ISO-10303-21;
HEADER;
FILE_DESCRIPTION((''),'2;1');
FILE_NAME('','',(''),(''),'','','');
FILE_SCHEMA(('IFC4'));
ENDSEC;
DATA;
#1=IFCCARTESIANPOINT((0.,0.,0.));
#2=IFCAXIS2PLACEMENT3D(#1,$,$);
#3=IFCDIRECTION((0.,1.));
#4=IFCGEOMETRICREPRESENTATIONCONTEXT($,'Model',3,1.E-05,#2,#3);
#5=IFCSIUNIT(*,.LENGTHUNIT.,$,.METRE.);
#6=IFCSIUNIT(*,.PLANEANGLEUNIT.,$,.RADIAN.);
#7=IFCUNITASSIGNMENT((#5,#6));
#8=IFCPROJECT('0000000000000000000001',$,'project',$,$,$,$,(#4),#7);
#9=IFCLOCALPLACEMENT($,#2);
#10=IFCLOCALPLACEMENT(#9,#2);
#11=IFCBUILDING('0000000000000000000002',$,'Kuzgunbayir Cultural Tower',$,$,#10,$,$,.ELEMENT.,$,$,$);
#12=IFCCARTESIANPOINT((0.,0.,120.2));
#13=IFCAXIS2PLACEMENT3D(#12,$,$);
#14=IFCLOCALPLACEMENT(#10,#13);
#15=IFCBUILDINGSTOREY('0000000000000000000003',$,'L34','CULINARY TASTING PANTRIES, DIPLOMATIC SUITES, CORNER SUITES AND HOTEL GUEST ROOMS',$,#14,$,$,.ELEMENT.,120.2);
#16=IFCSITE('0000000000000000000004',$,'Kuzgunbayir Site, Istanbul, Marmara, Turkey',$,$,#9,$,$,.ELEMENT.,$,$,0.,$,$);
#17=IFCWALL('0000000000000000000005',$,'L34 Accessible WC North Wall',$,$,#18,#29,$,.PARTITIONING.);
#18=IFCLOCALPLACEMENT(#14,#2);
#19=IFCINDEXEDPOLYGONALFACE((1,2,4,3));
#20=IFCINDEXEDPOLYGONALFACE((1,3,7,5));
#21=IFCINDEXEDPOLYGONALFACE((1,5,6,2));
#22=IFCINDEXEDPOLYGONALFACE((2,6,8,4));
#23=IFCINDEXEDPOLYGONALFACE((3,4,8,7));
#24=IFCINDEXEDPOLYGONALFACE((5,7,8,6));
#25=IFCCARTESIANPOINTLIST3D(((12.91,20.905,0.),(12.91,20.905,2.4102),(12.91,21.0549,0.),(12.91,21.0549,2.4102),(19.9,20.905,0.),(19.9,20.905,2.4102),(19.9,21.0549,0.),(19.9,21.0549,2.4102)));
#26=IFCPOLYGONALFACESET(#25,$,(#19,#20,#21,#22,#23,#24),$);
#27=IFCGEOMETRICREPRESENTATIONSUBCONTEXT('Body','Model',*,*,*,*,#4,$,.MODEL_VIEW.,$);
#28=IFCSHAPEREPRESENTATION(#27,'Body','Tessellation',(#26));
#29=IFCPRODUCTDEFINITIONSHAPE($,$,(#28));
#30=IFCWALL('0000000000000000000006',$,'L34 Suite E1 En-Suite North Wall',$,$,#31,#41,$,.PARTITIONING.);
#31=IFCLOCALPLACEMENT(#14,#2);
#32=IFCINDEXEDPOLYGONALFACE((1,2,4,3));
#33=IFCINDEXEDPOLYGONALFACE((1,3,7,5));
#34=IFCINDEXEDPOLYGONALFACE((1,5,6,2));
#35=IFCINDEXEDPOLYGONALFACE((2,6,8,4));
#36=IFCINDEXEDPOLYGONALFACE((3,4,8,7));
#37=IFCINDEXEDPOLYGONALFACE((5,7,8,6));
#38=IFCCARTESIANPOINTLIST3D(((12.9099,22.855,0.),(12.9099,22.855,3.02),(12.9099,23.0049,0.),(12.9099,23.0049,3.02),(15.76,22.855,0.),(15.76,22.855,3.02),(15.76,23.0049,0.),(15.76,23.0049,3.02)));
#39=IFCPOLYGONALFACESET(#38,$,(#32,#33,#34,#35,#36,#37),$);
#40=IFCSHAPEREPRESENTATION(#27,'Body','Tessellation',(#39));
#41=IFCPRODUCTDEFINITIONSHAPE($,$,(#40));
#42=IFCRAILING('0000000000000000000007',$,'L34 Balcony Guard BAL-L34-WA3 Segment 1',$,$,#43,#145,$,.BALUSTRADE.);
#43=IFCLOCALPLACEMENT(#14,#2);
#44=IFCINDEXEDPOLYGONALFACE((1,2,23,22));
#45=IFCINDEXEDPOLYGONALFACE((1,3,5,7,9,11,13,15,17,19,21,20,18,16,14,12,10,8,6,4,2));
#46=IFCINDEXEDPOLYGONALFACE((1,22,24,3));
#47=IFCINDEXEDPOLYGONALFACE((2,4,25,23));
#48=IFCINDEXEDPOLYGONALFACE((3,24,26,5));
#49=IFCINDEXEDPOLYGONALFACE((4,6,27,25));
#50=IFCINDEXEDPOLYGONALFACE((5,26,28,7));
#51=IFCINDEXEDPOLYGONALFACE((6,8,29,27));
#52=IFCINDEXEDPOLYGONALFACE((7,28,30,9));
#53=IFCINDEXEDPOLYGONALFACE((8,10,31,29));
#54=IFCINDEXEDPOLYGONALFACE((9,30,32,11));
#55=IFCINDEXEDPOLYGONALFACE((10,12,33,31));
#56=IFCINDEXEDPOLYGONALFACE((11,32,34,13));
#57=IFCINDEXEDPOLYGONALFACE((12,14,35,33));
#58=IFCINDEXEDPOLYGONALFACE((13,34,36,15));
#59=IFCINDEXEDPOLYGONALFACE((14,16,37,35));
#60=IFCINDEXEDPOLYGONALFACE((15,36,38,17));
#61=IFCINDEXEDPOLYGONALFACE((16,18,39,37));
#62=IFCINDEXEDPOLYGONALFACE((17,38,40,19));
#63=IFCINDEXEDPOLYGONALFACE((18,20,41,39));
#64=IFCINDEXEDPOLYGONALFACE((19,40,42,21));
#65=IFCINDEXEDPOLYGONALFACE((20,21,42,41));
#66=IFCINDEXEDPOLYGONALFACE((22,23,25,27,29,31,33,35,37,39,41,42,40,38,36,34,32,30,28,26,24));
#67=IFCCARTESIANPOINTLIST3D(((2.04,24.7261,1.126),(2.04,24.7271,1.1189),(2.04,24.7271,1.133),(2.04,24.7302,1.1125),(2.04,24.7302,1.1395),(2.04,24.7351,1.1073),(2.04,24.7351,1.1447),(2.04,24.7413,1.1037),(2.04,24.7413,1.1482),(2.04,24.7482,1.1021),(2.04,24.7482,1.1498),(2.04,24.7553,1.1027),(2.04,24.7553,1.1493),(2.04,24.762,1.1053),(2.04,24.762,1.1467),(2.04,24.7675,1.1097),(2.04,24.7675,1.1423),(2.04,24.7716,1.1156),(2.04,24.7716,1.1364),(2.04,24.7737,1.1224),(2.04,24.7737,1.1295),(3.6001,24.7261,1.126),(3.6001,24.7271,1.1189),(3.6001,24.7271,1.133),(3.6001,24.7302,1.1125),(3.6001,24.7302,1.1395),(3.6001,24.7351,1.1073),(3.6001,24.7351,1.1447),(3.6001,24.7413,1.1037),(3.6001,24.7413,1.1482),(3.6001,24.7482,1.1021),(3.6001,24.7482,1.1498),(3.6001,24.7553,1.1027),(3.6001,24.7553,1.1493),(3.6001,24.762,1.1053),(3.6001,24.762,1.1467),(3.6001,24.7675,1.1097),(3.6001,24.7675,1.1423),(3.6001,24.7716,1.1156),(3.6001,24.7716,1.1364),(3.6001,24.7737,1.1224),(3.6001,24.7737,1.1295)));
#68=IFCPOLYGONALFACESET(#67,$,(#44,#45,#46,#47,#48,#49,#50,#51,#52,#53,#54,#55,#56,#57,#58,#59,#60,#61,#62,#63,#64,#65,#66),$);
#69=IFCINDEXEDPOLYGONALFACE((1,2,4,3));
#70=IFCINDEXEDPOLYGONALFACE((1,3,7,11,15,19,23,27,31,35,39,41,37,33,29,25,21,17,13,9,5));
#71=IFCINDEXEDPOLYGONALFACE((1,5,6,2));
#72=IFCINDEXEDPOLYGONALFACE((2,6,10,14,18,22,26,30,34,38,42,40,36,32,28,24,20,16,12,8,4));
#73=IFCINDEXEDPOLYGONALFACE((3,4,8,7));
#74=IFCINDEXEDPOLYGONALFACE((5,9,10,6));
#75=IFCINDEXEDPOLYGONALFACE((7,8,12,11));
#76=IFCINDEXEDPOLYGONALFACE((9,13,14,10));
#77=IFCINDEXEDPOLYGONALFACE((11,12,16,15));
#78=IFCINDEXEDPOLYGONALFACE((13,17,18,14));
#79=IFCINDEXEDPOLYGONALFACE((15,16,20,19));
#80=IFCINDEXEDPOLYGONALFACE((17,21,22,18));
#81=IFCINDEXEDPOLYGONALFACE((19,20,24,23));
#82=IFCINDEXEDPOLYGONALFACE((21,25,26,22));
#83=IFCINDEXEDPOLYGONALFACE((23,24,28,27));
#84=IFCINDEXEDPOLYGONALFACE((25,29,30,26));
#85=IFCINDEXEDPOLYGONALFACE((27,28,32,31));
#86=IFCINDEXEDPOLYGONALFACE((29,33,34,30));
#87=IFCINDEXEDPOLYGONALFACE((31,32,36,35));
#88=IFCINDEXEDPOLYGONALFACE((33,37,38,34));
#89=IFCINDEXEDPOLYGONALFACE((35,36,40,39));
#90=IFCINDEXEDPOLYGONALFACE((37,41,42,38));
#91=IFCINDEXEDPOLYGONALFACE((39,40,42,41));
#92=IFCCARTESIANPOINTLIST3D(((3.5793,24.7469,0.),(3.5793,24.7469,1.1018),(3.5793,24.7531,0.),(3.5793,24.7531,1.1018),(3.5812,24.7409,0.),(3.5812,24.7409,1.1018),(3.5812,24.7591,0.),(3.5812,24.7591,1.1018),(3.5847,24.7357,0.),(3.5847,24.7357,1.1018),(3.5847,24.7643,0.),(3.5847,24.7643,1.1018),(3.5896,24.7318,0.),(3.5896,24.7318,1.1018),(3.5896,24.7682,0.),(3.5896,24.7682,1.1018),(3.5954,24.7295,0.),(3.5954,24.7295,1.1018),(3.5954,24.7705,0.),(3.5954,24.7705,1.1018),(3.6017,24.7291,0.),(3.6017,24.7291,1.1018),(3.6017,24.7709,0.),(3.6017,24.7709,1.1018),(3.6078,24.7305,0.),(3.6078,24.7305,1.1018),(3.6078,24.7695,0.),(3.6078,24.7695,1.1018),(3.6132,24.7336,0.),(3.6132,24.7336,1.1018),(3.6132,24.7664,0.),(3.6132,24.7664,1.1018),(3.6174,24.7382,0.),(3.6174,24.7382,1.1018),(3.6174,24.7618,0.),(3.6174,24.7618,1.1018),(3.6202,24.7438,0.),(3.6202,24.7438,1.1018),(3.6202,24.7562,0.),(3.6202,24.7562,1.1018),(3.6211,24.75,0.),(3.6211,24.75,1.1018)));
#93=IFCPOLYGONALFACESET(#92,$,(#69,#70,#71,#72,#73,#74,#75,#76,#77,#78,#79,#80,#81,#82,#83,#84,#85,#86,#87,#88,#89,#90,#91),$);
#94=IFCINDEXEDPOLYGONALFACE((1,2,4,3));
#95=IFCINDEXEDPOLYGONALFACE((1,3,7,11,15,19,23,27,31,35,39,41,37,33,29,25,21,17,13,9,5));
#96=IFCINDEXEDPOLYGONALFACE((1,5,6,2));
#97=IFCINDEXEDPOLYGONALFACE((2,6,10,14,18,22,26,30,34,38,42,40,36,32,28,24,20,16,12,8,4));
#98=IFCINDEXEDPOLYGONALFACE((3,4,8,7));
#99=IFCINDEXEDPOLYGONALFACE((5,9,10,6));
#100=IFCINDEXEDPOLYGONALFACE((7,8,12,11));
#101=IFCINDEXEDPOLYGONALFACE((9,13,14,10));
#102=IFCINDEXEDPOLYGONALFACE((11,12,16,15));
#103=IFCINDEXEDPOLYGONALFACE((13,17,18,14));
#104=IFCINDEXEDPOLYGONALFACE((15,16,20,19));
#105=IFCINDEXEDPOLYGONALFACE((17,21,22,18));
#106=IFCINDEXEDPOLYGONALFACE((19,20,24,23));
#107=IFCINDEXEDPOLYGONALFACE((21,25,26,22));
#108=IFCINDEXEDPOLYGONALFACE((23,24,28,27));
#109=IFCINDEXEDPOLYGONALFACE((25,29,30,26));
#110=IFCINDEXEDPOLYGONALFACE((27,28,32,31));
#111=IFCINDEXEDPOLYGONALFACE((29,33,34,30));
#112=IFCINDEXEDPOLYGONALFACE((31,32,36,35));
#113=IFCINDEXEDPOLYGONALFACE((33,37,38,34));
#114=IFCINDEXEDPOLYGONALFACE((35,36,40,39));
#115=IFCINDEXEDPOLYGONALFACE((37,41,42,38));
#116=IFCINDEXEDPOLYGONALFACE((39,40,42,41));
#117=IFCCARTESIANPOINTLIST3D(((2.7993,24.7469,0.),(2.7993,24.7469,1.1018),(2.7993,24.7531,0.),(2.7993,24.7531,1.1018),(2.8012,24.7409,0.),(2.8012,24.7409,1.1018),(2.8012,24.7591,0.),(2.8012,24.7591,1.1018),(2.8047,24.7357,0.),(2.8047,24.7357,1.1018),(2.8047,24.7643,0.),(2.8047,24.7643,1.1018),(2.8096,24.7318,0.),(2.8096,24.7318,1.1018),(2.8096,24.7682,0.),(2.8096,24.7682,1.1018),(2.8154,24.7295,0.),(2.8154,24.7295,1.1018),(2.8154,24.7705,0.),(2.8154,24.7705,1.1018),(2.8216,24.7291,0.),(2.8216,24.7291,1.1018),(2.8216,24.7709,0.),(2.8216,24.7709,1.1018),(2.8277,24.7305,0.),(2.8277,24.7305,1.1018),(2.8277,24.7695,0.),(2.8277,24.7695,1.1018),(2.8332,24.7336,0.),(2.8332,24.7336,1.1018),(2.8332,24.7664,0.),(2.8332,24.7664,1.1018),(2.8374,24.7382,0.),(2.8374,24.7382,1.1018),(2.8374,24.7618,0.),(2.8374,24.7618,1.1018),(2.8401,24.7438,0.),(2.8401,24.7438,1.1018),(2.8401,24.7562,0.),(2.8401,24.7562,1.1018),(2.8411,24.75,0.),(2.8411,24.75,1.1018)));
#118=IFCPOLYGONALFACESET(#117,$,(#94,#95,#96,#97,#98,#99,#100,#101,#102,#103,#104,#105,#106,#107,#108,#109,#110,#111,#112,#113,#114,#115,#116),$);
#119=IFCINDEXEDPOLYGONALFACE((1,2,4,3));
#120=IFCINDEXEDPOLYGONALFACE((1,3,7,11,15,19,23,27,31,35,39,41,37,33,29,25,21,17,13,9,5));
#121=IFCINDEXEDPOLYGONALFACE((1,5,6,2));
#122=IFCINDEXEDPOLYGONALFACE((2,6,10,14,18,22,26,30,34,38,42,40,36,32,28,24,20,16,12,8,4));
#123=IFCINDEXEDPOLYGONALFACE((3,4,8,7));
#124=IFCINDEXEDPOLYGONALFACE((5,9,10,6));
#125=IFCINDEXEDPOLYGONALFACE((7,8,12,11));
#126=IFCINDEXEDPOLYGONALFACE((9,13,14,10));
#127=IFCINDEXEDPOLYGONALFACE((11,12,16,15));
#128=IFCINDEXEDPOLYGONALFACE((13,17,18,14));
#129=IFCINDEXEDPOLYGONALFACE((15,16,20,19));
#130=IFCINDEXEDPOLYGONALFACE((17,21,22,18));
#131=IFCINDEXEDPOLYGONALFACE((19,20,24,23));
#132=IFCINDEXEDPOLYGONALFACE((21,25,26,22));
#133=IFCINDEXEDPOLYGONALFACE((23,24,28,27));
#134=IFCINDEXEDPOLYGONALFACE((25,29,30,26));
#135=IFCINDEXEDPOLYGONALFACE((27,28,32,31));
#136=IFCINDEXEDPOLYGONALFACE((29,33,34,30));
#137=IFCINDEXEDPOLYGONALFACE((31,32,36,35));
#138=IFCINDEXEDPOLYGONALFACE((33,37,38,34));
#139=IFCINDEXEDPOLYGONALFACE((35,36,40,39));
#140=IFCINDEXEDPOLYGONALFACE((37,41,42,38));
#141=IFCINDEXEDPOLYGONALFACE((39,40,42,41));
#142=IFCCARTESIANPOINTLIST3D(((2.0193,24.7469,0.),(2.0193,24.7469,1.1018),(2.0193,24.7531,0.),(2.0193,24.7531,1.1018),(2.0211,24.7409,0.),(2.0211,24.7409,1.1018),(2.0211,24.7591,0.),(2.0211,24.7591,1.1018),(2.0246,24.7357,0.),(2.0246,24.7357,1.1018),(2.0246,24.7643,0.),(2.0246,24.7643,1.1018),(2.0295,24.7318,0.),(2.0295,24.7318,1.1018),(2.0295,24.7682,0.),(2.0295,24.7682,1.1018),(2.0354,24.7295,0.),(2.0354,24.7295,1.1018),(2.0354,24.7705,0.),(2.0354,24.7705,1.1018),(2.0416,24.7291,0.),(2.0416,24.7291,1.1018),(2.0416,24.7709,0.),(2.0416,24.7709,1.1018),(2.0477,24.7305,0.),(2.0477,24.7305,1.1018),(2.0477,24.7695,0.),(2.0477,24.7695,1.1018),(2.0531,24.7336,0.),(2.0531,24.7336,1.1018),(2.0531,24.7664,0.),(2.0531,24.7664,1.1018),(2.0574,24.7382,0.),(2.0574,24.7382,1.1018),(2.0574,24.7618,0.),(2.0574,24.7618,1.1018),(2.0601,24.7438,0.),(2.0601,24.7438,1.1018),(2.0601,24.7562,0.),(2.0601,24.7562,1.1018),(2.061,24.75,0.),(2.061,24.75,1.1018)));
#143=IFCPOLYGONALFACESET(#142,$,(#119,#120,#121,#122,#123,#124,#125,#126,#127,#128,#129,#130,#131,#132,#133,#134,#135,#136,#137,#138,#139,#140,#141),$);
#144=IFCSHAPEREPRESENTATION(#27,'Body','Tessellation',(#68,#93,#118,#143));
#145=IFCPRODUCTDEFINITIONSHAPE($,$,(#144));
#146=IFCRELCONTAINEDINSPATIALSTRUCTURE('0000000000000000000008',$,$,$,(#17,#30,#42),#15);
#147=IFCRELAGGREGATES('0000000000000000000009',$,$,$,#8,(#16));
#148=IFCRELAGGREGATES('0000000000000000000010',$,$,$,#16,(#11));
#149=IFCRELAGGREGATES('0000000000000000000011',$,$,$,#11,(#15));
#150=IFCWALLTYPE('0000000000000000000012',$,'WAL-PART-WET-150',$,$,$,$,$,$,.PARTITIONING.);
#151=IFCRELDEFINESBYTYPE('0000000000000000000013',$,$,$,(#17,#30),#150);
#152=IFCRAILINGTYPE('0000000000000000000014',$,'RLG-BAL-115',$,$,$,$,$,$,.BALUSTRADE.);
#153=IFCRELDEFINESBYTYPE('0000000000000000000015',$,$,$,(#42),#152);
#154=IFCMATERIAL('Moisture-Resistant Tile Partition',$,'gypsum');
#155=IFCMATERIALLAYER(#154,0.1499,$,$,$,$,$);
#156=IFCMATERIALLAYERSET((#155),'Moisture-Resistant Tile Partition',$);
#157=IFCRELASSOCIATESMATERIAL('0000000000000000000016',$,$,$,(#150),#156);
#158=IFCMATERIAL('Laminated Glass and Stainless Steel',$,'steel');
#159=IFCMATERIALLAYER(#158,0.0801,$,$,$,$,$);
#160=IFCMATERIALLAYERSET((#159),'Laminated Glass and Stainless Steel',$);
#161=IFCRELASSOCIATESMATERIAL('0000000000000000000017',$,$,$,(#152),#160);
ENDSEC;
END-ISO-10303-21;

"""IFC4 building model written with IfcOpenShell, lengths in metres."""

from ifc_helpers import new_model, si_unit, direction, frame, frame_2d, origin, origin_2d, place, context, subcontext, project, spatial, rectangle, circle, extrude, material, layer, layer_set, type_object, element, save


model = new_model("IFC4")

# Units and contexts
model_context = context("Model", 3, precision=1e-05, world=origin(), true_north=direction((0.0, 1.0)))
body_context = subcontext(model_context, "Body", "Model", "MODEL_VIEW")
ifc_project = project(units=[si_unit("LENGTHUNIT", "METRE"), si_unit("PLANEANGLEUNIT", "RADIAN")], contexts=[model_context])

# Site, building, storey
site_placement = place(None, origin())
site = spatial("IfcSite", under=ifc_project, at=site_placement, Name="Kuzgunbayir Site, Istanbul, Marmara, Turkey", CompositionType="ELEMENT", RefElevation=0.0)
building_placement = place(site_placement, origin())
building = spatial("IfcBuilding", under=site, at=building_placement, Name="Kuzgunbayir Cultural Tower", CompositionType="ELEMENT")
storey_placement = place(building_placement, frame((0.0, 0.0, 120.2)))
storey = spatial("IfcBuildingStorey", under=building, at=storey_placement, Name="L34", Description="CULINARY TASTING PANTRIES, DIPLOMATIC SUITES, CORNER SUITES AND HOTEL GUEST ROOMS", CompositionType="ELEMENT", Elevation=120.2)

# Walls
ifc_material_1 = material(Name="Moisture-Resistant Tile Partition", Category="gypsum")
ifc_layer_1 = layer(ifc_material_1, 0.1499)
ifc_layer_set_1 = layer_set([ifc_layer_1], Name="Moisture-Resistant Tile Partition")
wall_type_1 = type_object("IfcWallType", Name="WAL-PART-WET-150", PredefinedType="PARTITIONING", material=ifc_layer_set_1)
wall_1_placement = place(storey_placement, frame((12.9099, 20.98, 0.0), z_axis=(0.0, 0.0, 1.0), x_axis=(1.0, 0.0, 0.0)))
element("IfcWall", 1, at=wall_1_placement, inside=storey, type_object=wall_type_1, Name="L34 Accessible WC North Wall", PredefinedType="PARTITIONING", context=body_context, shape_type="SweptSolid", body=[
    extrude(rectangle(XDim=6.99, YDim=0.1499, at=frame_2d((3.4951, 0.0))), origin(), (0.0, 0.0, 1.0), 2.4102),
])
wall_2_placement = place(storey_placement, frame((12.9099, 22.9299, 0.0), z_axis=(0.0, 0.0, 1.0), x_axis=(1.0, 0.0, 0.0)))
element("IfcWall", 2, at=wall_2_placement, inside=storey, type_object=wall_type_1, Name="L34 Suite E1 En-Suite North Wall", PredefinedType="PARTITIONING", context=body_context, shape_type="SweptSolid", body=[
    extrude(rectangle(XDim=2.8501, YDim=0.1499, at=frame_2d((1.425, 0.0))), origin(), (0.0, 0.0, 1.0), 3.02),
])

# Railing
ifc_material_2 = material(Name="Laminated Glass and Stainless Steel", Category="steel")
ifc_layer_2 = layer(ifc_material_2, 0.0801)
ifc_layer_set_2 = layer_set([ifc_layer_2], Name="Laminated Glass and Stainless Steel")
railing_type = type_object("IfcRailingType", Name="RLG-BAL-115", PredefinedType="BALUSTRADE", material=ifc_layer_set_2)
railing_1_placement = place(storey_placement, frame((3.6001, 24.75, 0.0)))
element("IfcRailing", 3, at=railing_1_placement, inside=storey, type_object=railing_type, Name="L34 Balcony Guard BAL-L34-WA3 Segment 1", PredefinedType="BALUSTRADE", context=body_context, shape_type="SweptSolid", body=[
    extrude(circle(Radius=0.0239, at=origin_2d()), frame((0.0, 0.0, 1.126), z_axis=(-1.0, 0.0, 0.0), x_axis=(0.0, -1.0, 0.0)), (0.0, 0.0, 1.0), 1.5601),
    extrude(circle(Radius=0.021, at=origin_2d()), origin(), (0.0, 0.0, 1.0), 1.1018),
    extrude(circle(Radius=0.021, at=origin_2d()), frame((-0.78, 0.0, 0.0)), (0.0, 0.0, 1.0), 1.1018),
    extrude(circle(Radius=0.021, at=origin_2d()), frame((-1.5601, 0.0, 0.0)), (0.0, 0.0, 1.0), 1.1018),
])

save(model, "model.ifc")
